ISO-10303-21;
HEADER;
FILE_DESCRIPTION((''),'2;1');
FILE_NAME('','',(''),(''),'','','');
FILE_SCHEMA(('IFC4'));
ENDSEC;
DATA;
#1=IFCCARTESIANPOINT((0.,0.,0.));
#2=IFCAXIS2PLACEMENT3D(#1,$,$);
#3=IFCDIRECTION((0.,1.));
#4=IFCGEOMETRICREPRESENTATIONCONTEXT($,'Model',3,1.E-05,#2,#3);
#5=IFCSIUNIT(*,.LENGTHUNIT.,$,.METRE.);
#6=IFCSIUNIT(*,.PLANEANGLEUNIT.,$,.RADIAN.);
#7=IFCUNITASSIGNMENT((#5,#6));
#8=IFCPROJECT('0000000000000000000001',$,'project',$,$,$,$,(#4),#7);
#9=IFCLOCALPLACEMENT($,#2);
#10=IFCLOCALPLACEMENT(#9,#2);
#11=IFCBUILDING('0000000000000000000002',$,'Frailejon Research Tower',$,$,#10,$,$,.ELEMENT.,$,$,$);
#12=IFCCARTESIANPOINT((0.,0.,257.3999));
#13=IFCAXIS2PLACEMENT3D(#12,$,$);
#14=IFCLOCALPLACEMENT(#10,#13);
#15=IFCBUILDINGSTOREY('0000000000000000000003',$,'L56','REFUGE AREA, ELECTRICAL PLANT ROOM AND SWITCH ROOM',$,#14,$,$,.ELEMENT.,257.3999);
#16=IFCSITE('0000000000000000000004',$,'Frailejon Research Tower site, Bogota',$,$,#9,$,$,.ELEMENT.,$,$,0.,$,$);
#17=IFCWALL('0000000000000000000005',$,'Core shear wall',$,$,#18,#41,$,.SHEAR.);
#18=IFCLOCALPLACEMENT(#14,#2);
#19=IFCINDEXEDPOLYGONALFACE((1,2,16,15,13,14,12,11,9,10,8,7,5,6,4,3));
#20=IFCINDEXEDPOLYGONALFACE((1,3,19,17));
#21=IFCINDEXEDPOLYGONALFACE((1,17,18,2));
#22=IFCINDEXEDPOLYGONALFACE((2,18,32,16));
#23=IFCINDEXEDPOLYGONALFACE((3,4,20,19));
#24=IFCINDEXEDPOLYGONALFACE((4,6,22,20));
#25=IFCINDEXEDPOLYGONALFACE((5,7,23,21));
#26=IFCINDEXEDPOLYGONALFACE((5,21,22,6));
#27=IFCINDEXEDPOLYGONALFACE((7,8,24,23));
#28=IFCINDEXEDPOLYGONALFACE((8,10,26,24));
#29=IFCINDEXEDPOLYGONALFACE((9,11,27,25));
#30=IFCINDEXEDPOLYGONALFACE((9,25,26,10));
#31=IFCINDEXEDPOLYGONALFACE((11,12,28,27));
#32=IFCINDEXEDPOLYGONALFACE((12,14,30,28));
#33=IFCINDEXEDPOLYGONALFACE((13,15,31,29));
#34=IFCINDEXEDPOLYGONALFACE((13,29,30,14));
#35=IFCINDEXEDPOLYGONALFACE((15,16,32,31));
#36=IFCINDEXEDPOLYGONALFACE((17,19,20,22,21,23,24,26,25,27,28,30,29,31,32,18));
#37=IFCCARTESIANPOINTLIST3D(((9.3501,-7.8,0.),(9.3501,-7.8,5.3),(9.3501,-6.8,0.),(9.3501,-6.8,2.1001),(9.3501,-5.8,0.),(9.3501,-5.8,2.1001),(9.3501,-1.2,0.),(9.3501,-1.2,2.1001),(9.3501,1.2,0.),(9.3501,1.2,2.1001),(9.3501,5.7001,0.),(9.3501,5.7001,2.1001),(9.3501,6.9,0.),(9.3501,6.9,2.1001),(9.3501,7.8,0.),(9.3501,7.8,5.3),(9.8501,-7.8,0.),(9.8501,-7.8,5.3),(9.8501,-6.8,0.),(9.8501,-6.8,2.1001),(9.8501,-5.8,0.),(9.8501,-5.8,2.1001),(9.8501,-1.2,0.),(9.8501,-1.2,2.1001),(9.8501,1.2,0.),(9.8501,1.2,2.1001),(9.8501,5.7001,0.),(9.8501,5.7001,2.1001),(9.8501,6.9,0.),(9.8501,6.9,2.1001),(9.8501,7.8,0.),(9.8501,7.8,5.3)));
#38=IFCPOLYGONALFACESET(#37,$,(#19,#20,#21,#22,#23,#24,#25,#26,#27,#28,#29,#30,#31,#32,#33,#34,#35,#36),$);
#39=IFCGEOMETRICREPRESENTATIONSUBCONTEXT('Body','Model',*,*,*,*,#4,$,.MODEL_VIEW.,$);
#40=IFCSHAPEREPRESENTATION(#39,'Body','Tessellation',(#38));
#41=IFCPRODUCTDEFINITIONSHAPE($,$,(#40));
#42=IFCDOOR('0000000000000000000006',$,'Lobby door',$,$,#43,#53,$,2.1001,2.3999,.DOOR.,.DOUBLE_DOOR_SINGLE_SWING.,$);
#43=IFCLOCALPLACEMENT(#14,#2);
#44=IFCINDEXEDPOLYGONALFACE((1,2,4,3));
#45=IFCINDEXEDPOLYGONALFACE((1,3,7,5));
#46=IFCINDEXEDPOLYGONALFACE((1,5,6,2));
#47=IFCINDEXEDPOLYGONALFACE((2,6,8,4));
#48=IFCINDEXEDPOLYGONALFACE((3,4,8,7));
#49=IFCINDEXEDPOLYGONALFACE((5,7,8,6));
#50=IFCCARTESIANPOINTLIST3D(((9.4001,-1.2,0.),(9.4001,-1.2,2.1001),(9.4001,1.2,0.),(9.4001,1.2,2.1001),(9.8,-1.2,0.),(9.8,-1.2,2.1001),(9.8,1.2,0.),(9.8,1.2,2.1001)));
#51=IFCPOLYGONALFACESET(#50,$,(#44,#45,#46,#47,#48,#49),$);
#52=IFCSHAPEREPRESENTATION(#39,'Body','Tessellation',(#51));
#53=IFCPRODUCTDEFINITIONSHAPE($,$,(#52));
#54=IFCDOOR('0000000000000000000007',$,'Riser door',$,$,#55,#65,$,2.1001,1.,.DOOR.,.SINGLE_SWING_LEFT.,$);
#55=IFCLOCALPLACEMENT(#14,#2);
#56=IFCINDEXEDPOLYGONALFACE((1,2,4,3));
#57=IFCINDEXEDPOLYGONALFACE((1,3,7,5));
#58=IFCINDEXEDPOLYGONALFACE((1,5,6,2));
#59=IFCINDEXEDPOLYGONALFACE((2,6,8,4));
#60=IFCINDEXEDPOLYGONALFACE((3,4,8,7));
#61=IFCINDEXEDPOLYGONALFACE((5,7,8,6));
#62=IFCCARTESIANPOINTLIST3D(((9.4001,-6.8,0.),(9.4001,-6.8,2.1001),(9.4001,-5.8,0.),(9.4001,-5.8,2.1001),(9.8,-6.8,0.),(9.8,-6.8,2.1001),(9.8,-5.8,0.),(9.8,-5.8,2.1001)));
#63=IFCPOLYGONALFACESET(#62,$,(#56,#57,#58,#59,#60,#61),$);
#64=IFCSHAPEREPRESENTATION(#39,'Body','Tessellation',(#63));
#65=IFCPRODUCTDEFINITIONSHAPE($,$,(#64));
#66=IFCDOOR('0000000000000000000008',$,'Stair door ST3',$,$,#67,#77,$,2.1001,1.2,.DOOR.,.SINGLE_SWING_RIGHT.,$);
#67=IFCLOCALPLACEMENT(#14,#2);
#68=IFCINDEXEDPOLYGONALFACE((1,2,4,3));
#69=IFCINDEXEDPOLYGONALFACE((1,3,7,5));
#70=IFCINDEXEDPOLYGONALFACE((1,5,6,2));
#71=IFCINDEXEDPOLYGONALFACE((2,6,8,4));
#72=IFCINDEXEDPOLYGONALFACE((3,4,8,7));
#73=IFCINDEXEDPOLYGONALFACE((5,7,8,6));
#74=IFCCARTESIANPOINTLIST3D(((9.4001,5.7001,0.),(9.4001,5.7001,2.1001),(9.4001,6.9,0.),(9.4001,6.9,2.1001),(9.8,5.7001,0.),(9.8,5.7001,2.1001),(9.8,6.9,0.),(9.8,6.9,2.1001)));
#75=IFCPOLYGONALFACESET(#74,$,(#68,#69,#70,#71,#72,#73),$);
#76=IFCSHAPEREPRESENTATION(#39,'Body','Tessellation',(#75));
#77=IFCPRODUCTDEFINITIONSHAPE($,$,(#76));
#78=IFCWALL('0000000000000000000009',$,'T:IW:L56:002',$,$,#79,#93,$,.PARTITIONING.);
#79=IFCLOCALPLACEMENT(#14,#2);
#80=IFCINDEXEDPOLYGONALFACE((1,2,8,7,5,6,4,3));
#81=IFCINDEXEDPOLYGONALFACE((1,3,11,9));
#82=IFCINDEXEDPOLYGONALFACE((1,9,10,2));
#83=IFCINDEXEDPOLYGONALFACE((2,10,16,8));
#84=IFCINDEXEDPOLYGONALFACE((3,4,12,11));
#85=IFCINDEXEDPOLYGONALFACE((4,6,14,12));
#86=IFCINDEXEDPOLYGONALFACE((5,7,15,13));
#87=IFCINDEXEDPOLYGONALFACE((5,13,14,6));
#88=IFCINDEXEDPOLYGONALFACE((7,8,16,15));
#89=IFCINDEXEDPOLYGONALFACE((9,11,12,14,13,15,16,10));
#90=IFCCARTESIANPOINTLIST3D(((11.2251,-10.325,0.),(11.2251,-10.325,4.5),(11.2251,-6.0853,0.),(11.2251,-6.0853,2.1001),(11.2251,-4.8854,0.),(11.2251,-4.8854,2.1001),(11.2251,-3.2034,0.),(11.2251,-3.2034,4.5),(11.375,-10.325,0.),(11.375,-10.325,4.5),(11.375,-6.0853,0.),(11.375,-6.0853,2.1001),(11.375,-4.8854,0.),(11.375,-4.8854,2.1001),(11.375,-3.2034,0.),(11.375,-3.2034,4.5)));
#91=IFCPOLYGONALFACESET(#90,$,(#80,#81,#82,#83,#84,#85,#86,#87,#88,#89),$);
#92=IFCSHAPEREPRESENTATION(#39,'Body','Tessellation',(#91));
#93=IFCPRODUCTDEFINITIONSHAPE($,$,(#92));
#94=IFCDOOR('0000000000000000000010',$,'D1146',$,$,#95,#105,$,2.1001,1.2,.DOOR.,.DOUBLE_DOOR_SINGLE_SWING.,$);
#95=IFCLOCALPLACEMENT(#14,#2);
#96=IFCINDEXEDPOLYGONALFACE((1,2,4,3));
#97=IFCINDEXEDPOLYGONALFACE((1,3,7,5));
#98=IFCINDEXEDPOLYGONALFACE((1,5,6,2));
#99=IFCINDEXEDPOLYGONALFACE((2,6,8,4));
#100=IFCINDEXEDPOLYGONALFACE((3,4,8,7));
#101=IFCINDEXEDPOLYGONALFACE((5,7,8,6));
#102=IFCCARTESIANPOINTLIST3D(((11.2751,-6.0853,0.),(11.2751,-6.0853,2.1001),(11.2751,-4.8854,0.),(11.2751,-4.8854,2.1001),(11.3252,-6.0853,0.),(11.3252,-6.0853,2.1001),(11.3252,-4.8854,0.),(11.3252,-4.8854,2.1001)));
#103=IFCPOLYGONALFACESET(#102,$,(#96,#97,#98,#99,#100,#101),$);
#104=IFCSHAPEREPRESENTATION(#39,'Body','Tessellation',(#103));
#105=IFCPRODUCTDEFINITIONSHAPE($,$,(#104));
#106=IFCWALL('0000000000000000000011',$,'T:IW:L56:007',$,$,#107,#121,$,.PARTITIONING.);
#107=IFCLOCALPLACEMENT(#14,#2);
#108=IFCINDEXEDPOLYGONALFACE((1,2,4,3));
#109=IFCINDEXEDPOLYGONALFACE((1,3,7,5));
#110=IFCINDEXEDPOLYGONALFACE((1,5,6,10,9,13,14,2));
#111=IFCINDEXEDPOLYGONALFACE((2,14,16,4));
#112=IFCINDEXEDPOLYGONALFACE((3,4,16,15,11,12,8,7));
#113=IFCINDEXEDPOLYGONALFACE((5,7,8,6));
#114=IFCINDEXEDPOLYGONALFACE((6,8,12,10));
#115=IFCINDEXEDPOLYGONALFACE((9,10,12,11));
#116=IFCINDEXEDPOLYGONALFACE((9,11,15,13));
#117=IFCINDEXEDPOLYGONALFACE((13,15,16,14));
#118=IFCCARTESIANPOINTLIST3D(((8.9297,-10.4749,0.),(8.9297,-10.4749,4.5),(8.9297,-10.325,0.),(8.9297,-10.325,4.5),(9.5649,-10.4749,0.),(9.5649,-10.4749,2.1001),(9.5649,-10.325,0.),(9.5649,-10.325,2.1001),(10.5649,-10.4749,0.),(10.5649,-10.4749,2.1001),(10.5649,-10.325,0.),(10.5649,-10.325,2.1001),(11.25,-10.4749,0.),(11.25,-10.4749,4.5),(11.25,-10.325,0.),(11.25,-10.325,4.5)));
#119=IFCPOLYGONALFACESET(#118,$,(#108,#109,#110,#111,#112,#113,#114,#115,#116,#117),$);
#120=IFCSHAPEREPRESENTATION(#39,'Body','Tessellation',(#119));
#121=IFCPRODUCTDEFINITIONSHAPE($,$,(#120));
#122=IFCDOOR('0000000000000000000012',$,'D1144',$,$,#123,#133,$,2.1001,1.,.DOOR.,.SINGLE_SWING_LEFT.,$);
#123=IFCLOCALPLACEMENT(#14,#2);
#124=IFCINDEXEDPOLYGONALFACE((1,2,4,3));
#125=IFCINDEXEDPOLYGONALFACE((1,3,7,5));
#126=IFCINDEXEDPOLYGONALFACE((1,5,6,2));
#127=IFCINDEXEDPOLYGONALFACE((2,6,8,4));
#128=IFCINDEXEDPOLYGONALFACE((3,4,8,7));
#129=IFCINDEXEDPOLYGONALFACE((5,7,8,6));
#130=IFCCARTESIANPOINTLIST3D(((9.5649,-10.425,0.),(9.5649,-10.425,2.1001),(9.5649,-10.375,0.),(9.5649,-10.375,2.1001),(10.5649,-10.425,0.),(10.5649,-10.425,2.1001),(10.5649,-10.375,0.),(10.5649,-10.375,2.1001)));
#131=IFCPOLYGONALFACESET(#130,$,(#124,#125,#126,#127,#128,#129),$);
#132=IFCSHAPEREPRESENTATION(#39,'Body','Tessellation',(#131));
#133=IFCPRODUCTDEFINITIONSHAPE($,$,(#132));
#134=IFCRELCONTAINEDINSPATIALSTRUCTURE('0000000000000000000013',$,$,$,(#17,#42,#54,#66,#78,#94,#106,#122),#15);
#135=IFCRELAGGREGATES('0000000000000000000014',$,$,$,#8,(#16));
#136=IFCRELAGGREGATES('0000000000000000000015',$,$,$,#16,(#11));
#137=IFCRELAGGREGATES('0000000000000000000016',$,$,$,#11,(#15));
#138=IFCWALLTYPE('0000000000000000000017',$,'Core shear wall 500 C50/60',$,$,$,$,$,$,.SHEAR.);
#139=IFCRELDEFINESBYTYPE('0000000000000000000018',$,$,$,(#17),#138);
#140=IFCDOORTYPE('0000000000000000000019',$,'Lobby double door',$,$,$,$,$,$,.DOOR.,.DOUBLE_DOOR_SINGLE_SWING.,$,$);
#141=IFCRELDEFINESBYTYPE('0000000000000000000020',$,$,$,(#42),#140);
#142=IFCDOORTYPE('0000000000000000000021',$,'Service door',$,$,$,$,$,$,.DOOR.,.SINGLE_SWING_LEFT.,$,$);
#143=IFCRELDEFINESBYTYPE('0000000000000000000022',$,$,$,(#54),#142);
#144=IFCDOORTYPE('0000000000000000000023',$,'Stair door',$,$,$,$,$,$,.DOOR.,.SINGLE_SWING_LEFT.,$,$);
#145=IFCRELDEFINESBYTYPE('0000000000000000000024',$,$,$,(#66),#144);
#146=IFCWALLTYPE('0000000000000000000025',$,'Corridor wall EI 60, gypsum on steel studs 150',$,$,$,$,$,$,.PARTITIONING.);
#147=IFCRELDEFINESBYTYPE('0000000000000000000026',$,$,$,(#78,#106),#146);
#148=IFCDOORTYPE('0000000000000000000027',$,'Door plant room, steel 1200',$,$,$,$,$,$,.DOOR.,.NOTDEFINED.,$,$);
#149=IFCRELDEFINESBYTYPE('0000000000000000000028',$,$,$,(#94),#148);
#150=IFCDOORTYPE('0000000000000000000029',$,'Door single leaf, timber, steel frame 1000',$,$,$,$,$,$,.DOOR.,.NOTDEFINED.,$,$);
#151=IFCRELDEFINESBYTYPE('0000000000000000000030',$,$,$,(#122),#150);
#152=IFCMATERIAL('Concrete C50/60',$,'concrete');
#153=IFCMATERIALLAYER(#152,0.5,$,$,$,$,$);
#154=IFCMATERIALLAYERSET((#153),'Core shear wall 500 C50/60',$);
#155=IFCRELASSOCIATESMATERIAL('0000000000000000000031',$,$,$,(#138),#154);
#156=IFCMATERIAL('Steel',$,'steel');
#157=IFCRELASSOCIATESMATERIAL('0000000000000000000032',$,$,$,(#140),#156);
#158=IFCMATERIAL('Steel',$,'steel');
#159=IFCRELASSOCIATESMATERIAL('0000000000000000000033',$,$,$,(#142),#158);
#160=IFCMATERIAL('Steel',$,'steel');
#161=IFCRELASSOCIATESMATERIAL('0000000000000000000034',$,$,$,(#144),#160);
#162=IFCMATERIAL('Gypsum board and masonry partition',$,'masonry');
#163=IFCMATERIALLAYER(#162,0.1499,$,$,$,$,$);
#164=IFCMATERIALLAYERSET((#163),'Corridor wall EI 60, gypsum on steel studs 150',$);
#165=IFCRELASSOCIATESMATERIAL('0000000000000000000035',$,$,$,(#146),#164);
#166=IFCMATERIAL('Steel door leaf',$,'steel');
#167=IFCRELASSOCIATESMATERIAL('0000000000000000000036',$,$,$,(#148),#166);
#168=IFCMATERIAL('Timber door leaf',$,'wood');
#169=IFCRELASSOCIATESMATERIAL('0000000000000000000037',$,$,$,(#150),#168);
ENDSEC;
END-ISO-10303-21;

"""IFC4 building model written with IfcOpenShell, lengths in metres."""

from ifc_helpers import new_model, si_unit, direction, frame, frame_2d, origin, place, context, subcontext, project, spatial, rectangle, extrude, material, layer, layer_set, type_object, element, fill, save


model = new_model("IFC4")

# Units and contexts
model_context = context("Model", 3, precision=1e-05, world=origin(), true_north=direction((0.0, 1.0)))
body_context = subcontext(model_context, "Body", "Model", "MODEL_VIEW")
ifc_project = project(units=[si_unit("LENGTHUNIT", "METRE"), si_unit("PLANEANGLEUNIT", "RADIAN")], contexts=[model_context])

# Site, building, storey
site_placement = place(None, origin())
site = spatial("IfcSite", under=ifc_project, at=site_placement, Name="Frailejon Research Tower site, Bogota", CompositionType="ELEMENT", RefElevation=0.0)
building_placement = place(site_placement, origin())
building = spatial("IfcBuilding", under=site, at=building_placement, Name="Frailejon Research Tower", CompositionType="ELEMENT")
storey_placement = place(building_placement, frame((0.0, 0.0, 257.3999)))
storey = spatial("IfcBuildingStorey", under=building, at=storey_placement, Name="L56", Description="REFUGE AREA, ELECTRICAL PLANT ROOM AND SWITCH ROOM", CompositionType="ELEMENT", Elevation=257.3999)

# Wall, openings, doors
ifc_material_1 = material(Name="Concrete C50/60", Category="concrete")
ifc_layer_1 = layer(ifc_material_1, 0.5)
ifc_layer_set_1 = layer_set([ifc_layer_1], Name="Core shear wall 500 C50/60")
wall_type_1 = type_object("IfcWallType", Name="Core shear wall 500 C50/60", PredefinedType="SHEAR", material=ifc_layer_set_1)
wall_1_placement = place(storey_placement, frame((9.6001, -7.8, 0.0), z_axis=(0.0, 0.0, 1.0), x_axis=(0.0, 1.0, 0.0)))
wall_1 = element("IfcWall", 1, at=wall_1_placement, inside=storey, type_object=wall_type_1, Name="Core shear wall", PredefinedType="SHEAR", context=body_context, shape_type="SweptSolid", body=[
    extrude(rectangle(XDim=15.6001, YDim=0.5, at=frame_2d((7.8, 0.0))), origin(), (0.0, 0.0, 1.0), 5.3),
])
opening_1_placement = place(wall_1_placement, frame((6.6001, 0.0, 0.0)))
opening_1 = element("IfcOpeningElement", 2, at=opening_1_placement, cuts=wall_1, PredefinedType="OPENING", context=body_context, shape_type="SweptSolid", body=[
    extrude(rectangle(XDim=2.3999, YDim=2.1001, at=frame_2d((1.2, 1.05))), frame((0.0, 0.26, 0.0), z_axis=(0.0, -1.0, 0.0), x_axis=(1.0, 0.0, 0.0)), (0.0, 0.0, 1.0), 0.52),
])
opening_2_placement = place(wall_1_placement, frame((13.5, 0.0, 0.0)))
opening_2 = element("IfcOpeningElement", 3, at=opening_2_placement, cuts=wall_1, PredefinedType="OPENING", context=body_context, shape_type="SweptSolid", body=[
    extrude(rectangle(XDim=1.2, YDim=2.1001, at=frame_2d((0.6001, 1.05))), frame((0.0, 0.26, 0.0), z_axis=(0.0, -1.0, 0.0), x_axis=(1.0, 0.0, 0.0)), (0.0, 0.0, 1.0), 0.52),
])
opening_3_placement = place(wall_1_placement, frame((1.0, 0.0, 0.0)))
opening_3 = element("IfcOpeningElement", 4, at=opening_3_placement, cuts=wall_1, PredefinedType="OPENING", context=body_context, shape_type="SweptSolid", body=[
    extrude(rectangle(XDim=1.0, YDim=2.1001, at=frame_2d((0.5, 1.05))), frame((0.0, 0.26, 0.0), z_axis=(0.0, -1.0, 0.0), x_axis=(1.0, 0.0, 0.0)), (0.0, 0.0, 1.0), 0.52),
])
ifc_material_2 = material(Name="Steel", Category="steel")
door_type_1 = type_object("IfcDoorType", Name="Lobby double door", OperationType="DOUBLE_DOOR_SINGLE_SWING", PredefinedType="DOOR", material=ifc_material_2)
door_1_placement = place(opening_1_placement, origin())
door_1 = element("IfcDoor", 5, at=door_1_placement, inside=storey, type_object=door_type_1, Name="Lobby door", OperationType="DOUBLE_DOOR_SINGLE_SWING", OverallHeight=2.1001, OverallWidth=2.3999, PredefinedType="DOOR", context=body_context, shape_type="SweptSolid", body=[
    extrude(rectangle(XDim=2.3999, YDim=2.1001, at=frame_2d((1.2, 1.05))), frame((0.0, 0.2, 0.0), z_axis=(0.0, -1.0, 0.0), x_axis=(1.0, 0.0, 0.0)), (0.0, 0.0, 1.0), 0.3999),
])
fill(opening_1, door_1)
ifc_material_3 = material(Name="Steel", Category="steel")
door_type_2 = type_object("IfcDoorType", Name="Service door", OperationType="SINGLE_SWING_LEFT", PredefinedType="DOOR", material=ifc_material_3)
door_2_placement = place(opening_3_placement, origin())
door_2 = element("IfcDoor", 6, at=door_2_placement, inside=storey, type_object=door_type_2, Name="Riser door", OperationType="SINGLE_SWING_LEFT", OverallHeight=2.1001, OverallWidth=1.0, PredefinedType="DOOR", context=body_context, shape_type="SweptSolid", body=[
    extrude(rectangle(XDim=1.0, YDim=2.1001, at=frame_2d((0.5, 1.05))), frame((0.0, 0.2, 0.0), z_axis=(0.0, -1.0, 0.0), x_axis=(1.0, 0.0, 0.0)), (0.0, 0.0, 1.0), 0.3999),
])
fill(opening_3, door_2)
ifc_material_4 = material(Name="Steel", Category="steel")
door_type_3 = type_object("IfcDoorType", Name="Stair door", OperationType="SINGLE_SWING_LEFT", PredefinedType="DOOR", material=ifc_material_4)
door_3_placement = place(opening_2_placement, origin())
door_3 = element("IfcDoor", 7, at=door_3_placement, inside=storey, type_object=door_type_3, Name="Stair door ST3", OperationType="SINGLE_SWING_RIGHT", OverallHeight=2.1001, OverallWidth=1.2, PredefinedType="DOOR", context=body_context, shape_type="SweptSolid", body=[
    extrude(rectangle(XDim=1.2, YDim=2.1001, at=frame_2d((0.6001, 1.05))), frame((0.0, 0.2, 0.0), z_axis=(0.0, -1.0, 0.0), x_axis=(1.0, 0.0, 0.0)), (0.0, 0.0, 1.0), 0.3999),
])
fill(opening_2, door_3)

# Walls, openings, doors
ifc_material_5 = material(Name="Gypsum board and masonry partition", Category="masonry")
ifc_layer_2 = layer(ifc_material_5, 0.1499)
ifc_layer_set_2 = layer_set([ifc_layer_2], Name="Corridor wall EI 60, gypsum on steel studs 150")
wall_type_2 = type_object("IfcWallType", Name="Corridor wall EI 60, gypsum on steel studs 150", PredefinedType="PARTITIONING", material=ifc_layer_set_2)
wall_2_placement = place(storey_placement, frame((11.3, -10.325, 0.0), z_axis=(0.0, 0.0, 1.0), x_axis=(0.0, 1.0, 0.0)))
wall_2 = element("IfcWall", 8, at=wall_2_placement, inside=storey, type_object=wall_type_2, Name="T:IW:L56:002", PredefinedType="PARTITIONING", context=body_context, shape_type="SweptSolid", body=[
    extrude(rectangle(XDim=7.1216, YDim=0.1499, at=frame_2d((3.5608, 0.0))), origin(), (0.0, 0.0, 1.0), 4.5),
])
opening_4_placement = place(wall_2_placement, frame((4.2395, 0.0, 0.0)))
opening_4 = element("IfcOpeningElement", 9, at=opening_4_placement, cuts=wall_2, PredefinedType="OPENING", context=body_context, shape_type="SweptSolid", body=[
    extrude(rectangle(XDim=1.2, YDim=2.1001, at=frame_2d((0.6001, 1.05))), frame((0.0, 0.085, 0.0), z_axis=(0.0, -1.0, 0.0), x_axis=(1.0, 0.0, 0.0)), (0.0, 0.0, 1.0), 0.1699),
])
ifc_material_6 = material(Name="Steel door leaf", Category="steel")
door_type_4 = type_object("IfcDoorType", Name="Door plant room, steel 1200", OperationType="NOTDEFINED", PredefinedType="DOOR", material=ifc_material_6)
door_4_placement = place(opening_4_placement, origin())
door_4 = element("IfcDoor", 10, at=door_4_placement, inside=storey, type_object=door_type_4, Name="D1146", OperationType="DOUBLE_DOOR_SINGLE_SWING", OverallHeight=2.1001, OverallWidth=1.2, PredefinedType="DOOR", context=body_context, shape_type="SweptSolid", body=[
    extrude(rectangle(XDim=1.2, YDim=2.1001, at=frame_2d((0.6001, 1.05))), frame((0.0, 0.0249, 0.0), z_axis=(0.0, -1.0, 0.0), x_axis=(1.0, 0.0, 0.0)), (0.0, 0.0, 1.0), 0.05),
])
fill(opening_4, door_4)
wall_3_placement = place(storey_placement, frame((8.9297, -10.3999, 0.0), z_axis=(0.0, 0.0, 1.0), x_axis=(1.0, 0.0, 0.0)))
wall_3 = element("IfcWall", 11, at=wall_3_placement, inside=storey, type_object=wall_type_2, Name="T:IW:L56:007", PredefinedType="PARTITIONING", context=body_context, shape_type="SweptSolid", body=[
    extrude(rectangle(XDim=2.3203, YDim=0.1499, at=frame_2d((1.1602, 0.0))), origin(), (0.0, 0.0, 1.0), 4.5),
])
opening_5_placement = place(wall_3_placement, frame((0.6353, 0.0, 0.0)))
opening_5 = element("IfcOpeningElement", 12, at=opening_5_placement, cuts=wall_3, PredefinedType="OPENING", context=body_context, shape_type="SweptSolid", body=[
    extrude(rectangle(XDim=1.0, YDim=2.1001, at=frame_2d((0.5, 1.05))), frame((0.0, 0.085, 0.0), z_axis=(0.0, -1.0, 0.0), x_axis=(1.0, 0.0, 0.0)), (0.0, 0.0, 1.0), 0.1699),
])
ifc_material_7 = material(Name="Timber door leaf", Category="wood")
door_type_5 = type_object("IfcDoorType", Name="Door single leaf, timber, steel frame 1000", OperationType="NOTDEFINED", PredefinedType="DOOR", material=ifc_material_7)
door_5_placement = place(opening_5_placement, origin())
door_5 = element("IfcDoor", 13, at=door_5_placement, inside=storey, type_object=door_type_5, Name="D1144", OperationType="SINGLE_SWING_LEFT", OverallHeight=2.1001, OverallWidth=1.0, PredefinedType="DOOR", context=body_context, shape_type="SweptSolid", body=[
    extrude(rectangle(XDim=1.0, YDim=2.1001, at=frame_2d((0.5, 1.05))), frame((0.0, 0.0249, 0.0), z_axis=(0.0, -1.0, 0.0), x_axis=(1.0, 0.0, 0.0)), (0.0, 0.0, 1.0), 0.05),
])
fill(opening_5, door_5)

save(model, "model.ifc")
